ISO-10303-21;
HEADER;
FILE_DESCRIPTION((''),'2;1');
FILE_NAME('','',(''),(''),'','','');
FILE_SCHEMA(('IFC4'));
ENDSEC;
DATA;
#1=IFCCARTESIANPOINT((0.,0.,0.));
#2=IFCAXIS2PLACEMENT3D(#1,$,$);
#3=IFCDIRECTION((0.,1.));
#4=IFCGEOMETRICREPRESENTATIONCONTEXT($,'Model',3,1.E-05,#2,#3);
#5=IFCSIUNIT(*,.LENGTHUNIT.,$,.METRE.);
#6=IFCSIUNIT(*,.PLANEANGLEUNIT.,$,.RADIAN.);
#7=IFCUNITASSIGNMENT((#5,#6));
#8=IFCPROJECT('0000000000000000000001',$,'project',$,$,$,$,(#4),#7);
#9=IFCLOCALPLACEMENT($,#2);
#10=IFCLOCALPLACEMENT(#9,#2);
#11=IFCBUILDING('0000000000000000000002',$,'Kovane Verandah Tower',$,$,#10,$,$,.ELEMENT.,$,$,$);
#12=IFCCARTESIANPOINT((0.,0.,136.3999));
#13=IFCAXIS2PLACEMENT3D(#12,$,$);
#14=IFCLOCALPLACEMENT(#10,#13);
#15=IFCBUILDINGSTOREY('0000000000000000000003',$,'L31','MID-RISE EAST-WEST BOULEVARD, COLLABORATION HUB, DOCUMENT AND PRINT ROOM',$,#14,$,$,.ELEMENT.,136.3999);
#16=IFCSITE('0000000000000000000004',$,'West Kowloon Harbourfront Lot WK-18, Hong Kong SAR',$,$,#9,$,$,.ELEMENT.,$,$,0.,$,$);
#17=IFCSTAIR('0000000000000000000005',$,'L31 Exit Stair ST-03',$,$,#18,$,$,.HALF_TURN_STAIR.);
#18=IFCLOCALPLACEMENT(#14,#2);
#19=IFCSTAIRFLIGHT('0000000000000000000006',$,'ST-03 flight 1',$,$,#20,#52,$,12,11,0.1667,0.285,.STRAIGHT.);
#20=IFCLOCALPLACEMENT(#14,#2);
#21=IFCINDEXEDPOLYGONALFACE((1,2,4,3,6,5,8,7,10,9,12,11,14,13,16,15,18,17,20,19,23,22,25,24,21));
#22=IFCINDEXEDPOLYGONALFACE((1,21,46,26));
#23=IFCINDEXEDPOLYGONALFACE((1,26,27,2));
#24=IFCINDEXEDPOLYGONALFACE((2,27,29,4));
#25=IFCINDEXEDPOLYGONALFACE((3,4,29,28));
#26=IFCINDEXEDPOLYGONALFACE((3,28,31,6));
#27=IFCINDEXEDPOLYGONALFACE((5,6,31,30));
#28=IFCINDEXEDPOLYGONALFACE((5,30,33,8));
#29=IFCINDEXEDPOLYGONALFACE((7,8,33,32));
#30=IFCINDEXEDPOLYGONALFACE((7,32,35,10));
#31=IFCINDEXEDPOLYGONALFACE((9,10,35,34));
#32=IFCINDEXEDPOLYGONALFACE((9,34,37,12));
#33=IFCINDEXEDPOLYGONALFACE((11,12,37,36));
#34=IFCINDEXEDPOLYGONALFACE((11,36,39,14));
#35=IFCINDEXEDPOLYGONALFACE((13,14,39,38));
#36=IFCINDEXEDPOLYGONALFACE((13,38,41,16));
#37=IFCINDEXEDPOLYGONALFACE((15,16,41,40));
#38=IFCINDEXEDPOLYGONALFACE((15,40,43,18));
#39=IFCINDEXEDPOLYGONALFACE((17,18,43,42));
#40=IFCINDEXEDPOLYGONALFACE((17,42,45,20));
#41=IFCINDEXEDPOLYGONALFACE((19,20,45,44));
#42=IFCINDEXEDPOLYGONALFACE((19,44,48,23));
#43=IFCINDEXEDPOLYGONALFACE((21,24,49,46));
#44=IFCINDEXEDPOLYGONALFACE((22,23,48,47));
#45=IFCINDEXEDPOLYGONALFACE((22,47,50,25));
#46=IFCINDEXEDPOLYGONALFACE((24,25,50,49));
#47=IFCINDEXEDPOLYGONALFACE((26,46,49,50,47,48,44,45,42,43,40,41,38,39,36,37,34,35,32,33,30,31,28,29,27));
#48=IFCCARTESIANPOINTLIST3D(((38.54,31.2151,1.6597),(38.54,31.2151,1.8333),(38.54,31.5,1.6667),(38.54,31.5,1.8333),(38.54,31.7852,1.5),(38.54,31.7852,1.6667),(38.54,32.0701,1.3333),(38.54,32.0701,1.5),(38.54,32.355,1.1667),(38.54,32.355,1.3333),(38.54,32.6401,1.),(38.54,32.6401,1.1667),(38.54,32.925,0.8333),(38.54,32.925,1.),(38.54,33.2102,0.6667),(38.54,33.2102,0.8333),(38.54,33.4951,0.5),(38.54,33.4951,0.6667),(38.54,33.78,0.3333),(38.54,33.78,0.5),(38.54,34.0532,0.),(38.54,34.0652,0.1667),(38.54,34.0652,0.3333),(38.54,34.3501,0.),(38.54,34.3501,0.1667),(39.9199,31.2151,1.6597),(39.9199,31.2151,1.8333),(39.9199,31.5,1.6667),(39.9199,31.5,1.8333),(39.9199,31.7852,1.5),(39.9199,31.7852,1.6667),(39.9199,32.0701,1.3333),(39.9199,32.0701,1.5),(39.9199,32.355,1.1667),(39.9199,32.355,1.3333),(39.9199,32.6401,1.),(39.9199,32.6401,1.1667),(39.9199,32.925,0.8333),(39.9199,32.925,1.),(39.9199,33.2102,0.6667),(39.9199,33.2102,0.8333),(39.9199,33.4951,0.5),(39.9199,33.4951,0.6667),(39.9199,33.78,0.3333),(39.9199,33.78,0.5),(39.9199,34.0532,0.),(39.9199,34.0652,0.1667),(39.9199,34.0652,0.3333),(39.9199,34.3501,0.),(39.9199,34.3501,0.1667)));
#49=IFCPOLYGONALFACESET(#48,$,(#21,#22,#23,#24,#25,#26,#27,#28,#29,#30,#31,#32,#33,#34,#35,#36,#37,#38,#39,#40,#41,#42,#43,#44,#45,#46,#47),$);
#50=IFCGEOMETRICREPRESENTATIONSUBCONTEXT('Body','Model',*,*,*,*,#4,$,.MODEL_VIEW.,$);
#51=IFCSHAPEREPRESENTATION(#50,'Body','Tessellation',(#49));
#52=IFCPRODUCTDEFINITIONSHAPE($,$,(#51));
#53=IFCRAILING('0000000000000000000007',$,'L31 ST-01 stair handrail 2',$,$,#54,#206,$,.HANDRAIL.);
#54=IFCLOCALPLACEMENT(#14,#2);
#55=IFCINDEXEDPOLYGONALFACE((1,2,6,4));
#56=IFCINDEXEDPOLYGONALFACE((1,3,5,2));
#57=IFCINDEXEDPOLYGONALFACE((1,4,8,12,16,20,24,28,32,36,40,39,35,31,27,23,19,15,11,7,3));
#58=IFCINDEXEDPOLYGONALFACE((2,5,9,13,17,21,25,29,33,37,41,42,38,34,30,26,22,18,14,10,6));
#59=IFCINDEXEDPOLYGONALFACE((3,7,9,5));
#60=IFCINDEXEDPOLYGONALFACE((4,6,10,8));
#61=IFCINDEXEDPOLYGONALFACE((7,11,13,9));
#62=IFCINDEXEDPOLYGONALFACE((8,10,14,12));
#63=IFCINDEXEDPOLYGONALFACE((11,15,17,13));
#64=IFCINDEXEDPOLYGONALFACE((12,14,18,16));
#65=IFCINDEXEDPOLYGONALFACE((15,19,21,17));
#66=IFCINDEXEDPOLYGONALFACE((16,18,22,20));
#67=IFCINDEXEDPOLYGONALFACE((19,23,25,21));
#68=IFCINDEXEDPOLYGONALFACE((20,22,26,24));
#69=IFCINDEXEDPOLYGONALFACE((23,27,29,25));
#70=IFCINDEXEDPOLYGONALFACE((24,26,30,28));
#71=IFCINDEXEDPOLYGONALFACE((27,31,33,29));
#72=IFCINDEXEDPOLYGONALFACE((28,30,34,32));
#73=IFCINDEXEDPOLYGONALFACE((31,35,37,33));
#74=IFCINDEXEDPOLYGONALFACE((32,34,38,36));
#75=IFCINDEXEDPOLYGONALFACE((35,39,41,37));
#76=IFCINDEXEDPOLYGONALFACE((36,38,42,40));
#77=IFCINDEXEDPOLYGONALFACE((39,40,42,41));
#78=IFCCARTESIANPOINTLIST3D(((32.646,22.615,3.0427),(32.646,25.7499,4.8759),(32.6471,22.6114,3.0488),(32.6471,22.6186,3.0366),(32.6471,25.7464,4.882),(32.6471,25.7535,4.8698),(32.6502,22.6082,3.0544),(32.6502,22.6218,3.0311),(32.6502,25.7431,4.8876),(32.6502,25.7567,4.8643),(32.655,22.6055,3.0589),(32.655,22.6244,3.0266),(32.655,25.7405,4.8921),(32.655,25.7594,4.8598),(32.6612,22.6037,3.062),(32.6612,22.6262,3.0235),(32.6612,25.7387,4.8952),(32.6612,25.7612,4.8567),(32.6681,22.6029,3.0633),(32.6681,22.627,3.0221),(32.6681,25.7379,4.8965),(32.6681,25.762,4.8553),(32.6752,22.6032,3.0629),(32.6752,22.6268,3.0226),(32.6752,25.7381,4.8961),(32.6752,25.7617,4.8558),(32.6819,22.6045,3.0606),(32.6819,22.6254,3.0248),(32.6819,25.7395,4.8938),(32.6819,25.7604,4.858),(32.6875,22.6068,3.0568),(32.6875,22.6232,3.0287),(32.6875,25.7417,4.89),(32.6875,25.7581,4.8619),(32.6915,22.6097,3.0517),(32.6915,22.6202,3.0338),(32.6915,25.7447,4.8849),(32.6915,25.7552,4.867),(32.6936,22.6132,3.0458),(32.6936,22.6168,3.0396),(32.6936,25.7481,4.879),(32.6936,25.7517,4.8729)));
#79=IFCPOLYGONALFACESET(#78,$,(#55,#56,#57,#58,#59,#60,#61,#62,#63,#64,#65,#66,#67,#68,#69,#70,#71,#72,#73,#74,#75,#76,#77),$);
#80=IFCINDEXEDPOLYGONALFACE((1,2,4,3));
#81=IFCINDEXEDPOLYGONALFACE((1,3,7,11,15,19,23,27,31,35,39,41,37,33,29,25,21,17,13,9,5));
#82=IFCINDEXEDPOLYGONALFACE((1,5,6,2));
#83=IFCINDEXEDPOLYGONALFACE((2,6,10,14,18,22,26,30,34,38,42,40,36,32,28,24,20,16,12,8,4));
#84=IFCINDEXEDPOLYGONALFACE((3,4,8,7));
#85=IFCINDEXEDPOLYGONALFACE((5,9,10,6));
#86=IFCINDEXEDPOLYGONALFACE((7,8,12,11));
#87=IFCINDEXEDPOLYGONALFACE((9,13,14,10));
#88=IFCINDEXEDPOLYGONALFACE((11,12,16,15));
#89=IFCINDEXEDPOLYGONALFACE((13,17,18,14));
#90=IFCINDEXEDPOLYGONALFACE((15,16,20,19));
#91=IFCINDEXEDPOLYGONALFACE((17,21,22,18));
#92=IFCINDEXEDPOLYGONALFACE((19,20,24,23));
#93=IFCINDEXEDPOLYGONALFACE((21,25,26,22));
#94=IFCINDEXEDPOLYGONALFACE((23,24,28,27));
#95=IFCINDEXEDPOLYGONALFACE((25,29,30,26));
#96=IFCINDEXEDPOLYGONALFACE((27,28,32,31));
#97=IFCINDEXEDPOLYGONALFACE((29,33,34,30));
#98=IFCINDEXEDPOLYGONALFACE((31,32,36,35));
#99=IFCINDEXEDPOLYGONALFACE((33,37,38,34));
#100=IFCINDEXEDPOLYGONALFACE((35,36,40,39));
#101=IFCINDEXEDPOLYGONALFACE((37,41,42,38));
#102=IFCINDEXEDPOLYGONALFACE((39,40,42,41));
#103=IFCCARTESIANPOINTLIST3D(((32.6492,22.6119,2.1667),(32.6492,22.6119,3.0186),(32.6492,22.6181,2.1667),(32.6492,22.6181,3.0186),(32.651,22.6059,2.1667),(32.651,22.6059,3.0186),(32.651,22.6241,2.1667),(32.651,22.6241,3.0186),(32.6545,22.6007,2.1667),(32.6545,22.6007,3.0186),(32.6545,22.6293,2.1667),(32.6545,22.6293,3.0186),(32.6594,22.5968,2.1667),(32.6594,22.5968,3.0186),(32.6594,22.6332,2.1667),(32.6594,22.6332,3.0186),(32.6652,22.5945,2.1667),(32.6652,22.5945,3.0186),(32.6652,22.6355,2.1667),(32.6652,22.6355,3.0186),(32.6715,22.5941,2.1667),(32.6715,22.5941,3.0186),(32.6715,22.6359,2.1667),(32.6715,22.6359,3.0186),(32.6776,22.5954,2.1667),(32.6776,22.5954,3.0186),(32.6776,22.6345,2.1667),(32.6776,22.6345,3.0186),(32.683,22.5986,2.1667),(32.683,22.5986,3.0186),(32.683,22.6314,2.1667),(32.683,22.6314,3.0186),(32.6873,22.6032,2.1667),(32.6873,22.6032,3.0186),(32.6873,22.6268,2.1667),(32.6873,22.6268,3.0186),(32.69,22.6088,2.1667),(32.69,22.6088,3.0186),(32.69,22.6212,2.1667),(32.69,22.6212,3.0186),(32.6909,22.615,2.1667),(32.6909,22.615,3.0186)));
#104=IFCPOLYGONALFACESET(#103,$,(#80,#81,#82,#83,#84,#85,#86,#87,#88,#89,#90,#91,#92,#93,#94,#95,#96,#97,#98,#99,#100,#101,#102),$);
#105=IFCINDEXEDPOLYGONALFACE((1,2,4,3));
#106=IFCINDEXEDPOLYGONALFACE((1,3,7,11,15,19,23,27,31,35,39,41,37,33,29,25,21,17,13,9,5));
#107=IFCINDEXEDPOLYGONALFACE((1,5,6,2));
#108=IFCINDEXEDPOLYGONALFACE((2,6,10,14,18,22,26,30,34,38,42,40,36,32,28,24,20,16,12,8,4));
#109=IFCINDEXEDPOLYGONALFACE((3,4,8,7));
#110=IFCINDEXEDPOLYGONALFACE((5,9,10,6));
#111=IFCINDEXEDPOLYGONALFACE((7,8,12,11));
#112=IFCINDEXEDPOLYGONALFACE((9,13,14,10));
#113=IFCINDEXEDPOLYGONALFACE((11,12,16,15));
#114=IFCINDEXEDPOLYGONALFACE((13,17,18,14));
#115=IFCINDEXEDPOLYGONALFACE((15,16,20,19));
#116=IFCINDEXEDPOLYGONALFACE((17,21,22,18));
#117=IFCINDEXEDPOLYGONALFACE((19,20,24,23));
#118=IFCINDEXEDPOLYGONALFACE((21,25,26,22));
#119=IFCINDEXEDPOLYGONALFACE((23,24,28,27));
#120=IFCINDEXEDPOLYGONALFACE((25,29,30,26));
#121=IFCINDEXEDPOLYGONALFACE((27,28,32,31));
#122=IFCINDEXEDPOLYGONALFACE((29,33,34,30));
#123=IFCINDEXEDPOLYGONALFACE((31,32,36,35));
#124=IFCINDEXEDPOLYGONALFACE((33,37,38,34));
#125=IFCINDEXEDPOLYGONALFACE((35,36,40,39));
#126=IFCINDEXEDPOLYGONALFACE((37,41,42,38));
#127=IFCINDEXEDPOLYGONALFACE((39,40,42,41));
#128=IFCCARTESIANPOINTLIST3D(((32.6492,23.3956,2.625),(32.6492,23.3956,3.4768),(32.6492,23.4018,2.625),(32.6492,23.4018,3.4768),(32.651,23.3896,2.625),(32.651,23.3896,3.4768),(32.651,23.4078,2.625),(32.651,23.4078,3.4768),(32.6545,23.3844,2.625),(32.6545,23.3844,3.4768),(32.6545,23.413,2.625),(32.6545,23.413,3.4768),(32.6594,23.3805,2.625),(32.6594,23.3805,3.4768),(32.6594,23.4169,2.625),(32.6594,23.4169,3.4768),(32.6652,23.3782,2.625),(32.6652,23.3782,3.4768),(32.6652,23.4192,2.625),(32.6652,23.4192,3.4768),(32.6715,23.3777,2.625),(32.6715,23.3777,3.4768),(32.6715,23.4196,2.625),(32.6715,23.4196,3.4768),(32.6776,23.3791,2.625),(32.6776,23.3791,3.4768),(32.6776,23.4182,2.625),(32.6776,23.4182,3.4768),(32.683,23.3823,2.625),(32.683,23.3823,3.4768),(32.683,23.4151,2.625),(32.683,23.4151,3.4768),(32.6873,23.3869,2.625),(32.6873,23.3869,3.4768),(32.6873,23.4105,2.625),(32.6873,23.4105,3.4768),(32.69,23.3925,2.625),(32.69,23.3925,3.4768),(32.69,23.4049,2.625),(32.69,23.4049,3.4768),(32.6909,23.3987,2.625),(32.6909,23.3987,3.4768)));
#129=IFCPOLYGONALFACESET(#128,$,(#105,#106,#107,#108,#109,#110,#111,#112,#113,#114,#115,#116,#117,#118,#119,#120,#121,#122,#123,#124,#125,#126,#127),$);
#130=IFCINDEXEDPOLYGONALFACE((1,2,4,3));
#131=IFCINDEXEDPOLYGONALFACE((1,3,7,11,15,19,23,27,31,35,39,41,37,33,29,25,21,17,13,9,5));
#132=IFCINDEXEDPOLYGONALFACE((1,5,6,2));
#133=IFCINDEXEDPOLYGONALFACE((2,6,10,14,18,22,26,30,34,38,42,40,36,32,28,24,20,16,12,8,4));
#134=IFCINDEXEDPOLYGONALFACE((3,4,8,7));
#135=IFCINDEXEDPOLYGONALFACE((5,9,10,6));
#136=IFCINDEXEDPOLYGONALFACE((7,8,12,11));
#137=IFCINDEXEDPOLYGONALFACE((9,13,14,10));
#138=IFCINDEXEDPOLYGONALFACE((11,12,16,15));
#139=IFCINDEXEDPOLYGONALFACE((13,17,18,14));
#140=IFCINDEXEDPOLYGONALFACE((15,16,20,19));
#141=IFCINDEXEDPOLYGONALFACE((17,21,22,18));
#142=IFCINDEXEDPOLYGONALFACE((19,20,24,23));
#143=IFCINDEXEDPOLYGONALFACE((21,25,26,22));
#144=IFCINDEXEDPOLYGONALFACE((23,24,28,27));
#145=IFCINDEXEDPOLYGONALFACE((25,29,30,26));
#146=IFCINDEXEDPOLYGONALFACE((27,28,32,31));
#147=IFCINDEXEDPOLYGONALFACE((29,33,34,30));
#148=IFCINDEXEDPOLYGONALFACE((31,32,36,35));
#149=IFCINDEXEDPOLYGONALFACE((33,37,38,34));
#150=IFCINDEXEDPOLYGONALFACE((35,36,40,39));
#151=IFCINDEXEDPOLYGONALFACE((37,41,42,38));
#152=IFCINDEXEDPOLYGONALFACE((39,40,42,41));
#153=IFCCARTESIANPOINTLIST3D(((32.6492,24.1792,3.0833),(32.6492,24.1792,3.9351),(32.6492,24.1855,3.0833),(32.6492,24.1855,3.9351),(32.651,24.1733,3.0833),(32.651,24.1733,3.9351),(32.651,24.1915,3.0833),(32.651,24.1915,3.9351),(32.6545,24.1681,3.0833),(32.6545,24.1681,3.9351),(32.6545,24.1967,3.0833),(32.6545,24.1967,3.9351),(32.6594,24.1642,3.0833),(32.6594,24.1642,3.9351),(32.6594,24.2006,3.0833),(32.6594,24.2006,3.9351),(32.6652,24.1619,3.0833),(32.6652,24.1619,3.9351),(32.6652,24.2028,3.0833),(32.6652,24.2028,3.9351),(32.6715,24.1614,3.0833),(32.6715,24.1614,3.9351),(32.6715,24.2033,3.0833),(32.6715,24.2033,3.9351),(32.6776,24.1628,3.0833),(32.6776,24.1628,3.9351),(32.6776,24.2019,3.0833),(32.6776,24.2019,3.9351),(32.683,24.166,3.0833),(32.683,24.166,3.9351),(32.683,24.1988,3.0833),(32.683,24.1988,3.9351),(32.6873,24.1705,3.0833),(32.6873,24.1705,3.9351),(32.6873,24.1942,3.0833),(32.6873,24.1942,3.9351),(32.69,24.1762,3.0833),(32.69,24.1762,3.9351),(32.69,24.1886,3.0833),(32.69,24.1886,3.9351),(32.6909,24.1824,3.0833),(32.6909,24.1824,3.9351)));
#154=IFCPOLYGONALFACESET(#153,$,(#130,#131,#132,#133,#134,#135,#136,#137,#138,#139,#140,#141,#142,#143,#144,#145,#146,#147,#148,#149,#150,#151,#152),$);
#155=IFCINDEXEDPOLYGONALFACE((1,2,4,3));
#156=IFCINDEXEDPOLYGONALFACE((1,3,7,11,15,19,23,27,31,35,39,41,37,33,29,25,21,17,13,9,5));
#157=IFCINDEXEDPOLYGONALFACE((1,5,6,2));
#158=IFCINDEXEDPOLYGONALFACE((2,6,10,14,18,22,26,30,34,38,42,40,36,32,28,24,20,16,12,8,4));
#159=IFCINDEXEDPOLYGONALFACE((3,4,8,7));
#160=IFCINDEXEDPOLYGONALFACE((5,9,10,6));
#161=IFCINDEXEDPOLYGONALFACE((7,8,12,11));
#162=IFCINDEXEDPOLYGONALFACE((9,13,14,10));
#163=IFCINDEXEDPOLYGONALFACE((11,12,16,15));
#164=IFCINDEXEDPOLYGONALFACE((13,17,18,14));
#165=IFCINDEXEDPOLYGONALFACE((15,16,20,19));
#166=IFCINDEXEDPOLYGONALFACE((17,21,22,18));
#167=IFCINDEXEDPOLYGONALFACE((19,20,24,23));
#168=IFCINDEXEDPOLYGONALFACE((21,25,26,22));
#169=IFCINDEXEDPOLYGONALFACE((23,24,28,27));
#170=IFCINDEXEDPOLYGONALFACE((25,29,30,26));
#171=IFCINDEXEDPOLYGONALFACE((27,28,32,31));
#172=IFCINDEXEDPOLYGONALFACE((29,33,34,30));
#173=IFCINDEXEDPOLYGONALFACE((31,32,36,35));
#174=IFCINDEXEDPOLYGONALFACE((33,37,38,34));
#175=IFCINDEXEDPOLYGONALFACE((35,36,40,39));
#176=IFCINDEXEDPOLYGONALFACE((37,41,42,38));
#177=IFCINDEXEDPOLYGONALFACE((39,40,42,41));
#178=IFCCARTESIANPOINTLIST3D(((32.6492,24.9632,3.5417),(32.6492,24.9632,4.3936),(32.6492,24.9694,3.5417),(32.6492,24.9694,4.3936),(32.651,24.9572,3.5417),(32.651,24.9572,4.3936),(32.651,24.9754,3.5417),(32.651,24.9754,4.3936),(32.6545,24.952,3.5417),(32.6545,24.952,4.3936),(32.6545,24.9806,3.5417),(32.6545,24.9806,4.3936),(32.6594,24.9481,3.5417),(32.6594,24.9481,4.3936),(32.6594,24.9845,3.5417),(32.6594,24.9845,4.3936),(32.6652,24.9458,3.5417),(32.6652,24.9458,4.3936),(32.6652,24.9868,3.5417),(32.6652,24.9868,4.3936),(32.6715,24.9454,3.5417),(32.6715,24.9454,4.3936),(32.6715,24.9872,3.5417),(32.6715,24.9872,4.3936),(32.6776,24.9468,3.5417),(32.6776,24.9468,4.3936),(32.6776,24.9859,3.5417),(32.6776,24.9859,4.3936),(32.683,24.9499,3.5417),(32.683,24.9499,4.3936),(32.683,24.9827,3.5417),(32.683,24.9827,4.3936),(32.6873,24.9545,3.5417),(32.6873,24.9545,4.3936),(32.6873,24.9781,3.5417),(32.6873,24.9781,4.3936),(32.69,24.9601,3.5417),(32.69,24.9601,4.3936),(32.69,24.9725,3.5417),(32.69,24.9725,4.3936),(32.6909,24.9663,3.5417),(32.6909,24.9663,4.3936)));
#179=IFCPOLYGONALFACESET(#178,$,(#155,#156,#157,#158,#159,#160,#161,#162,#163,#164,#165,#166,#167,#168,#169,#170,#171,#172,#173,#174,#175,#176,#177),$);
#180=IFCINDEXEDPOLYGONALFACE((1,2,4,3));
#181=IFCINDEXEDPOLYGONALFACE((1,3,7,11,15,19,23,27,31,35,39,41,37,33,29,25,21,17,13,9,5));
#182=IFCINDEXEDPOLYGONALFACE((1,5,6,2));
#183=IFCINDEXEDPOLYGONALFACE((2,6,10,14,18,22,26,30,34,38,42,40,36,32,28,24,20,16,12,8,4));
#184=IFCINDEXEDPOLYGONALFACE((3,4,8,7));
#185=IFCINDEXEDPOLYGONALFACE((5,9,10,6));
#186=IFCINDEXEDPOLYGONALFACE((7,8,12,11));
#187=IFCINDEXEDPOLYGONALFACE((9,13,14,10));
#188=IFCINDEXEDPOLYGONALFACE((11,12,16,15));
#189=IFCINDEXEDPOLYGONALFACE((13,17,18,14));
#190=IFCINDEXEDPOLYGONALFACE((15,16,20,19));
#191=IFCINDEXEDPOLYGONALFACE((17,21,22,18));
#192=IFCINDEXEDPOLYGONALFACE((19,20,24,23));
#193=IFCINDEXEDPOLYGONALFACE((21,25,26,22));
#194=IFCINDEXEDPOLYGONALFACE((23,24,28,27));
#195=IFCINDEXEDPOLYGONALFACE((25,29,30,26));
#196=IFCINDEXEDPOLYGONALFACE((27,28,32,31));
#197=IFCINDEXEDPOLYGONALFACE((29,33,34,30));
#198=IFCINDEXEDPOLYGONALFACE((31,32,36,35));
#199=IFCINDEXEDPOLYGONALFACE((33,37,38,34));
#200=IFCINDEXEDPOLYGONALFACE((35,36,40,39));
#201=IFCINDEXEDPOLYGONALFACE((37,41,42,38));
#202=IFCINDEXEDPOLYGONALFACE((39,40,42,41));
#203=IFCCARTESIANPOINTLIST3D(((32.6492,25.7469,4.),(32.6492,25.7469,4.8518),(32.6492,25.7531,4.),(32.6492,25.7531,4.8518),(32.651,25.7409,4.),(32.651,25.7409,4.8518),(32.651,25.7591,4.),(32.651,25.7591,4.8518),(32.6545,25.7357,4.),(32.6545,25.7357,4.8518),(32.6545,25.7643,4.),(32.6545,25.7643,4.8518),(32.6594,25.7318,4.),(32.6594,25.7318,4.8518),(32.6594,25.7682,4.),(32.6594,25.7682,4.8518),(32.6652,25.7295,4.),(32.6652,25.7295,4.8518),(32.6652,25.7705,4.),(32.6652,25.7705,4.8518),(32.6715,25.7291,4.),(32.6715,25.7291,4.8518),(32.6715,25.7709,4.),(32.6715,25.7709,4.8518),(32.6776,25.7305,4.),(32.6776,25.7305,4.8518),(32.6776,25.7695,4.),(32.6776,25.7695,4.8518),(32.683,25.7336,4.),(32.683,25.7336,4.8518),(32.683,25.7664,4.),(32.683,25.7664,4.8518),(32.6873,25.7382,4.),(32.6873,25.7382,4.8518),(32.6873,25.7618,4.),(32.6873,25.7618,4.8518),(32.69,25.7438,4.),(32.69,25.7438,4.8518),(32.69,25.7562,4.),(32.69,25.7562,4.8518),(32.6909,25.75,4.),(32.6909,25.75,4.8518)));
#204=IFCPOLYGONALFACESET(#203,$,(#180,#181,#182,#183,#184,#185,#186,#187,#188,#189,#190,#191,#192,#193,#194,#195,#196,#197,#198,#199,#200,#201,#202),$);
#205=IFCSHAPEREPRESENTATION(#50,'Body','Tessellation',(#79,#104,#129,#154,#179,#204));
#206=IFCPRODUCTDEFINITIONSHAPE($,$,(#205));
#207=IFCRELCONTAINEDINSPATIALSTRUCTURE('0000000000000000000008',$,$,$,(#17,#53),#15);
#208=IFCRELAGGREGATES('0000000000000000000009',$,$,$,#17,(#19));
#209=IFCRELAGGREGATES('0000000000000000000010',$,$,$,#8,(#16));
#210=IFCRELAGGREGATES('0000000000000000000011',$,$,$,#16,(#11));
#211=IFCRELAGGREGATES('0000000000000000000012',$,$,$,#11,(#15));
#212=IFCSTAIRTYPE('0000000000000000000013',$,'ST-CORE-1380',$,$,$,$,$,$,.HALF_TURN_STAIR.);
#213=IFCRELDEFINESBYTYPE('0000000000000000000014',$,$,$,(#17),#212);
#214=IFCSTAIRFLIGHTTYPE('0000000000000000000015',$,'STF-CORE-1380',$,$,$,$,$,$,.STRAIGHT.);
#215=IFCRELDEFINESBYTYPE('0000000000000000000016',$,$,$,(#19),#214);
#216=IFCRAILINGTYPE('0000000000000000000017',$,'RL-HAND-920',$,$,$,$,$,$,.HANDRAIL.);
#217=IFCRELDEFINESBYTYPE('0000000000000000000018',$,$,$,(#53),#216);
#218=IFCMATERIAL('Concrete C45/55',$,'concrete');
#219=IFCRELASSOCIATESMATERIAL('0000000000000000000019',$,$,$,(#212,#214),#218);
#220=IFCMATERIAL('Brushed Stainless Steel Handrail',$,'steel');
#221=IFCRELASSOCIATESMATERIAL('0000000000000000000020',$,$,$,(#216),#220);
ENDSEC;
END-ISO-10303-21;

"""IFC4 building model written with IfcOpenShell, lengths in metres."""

from ifc_helpers import new_model, si_unit, direction, frame, origin, origin_2d, place, context, subcontext, project, spatial, polyline, circle, outline, extrude, material, type_object, element, aggregate, save


model = new_model("IFC4")

# Units and contexts
model_context = context("Model", 3, precision=1e-05, world=origin(), true_north=direction((0.0, 1.0)))
body_context = subcontext(model_context, "Body", "Model", "MODEL_VIEW")
ifc_project = project(units=[si_unit("LENGTHUNIT", "METRE"), si_unit("PLANEANGLEUNIT", "RADIAN")], contexts=[model_context])

# Site, building, storey
site_placement = place(None, origin())
site = spatial("IfcSite", under=ifc_project, at=site_placement, Name="West Kowloon Harbourfront Lot WK-18, Hong Kong SAR", CompositionType="ELEMENT", RefElevation=0.0)
building_placement = place(site_placement, origin())
building = spatial("IfcBuilding", under=site, at=building_placement, Name="Kovane Verandah Tower", CompositionType="ELEMENT")
storey_placement = place(building_placement, frame((0.0, 0.0, 136.3999)))
storey = spatial("IfcBuildingStorey", under=building, at=storey_placement, Name="L31", Description="MID-RISE EAST-WEST BOULEVARD, COLLABORATION HUB, DOCUMENT AND PRINT ROOM", CompositionType="ELEMENT", Elevation=136.3999)

# Shared definitions
ifc_material_1 = material(Name="Concrete C45/55", Category="concrete")

# Stair, stair flight
stair_type = type_object("IfcStairType", Name="ST-CORE-1380", PredefinedType="HALF_TURN_STAIR", material=ifc_material_1)
stair_placement = place(storey_placement, origin())
stair = element("IfcStair", 1, at=stair_placement, inside=storey, type_object=stair_type, Name="L31 Exit Stair ST-03", PredefinedType="HALF_TURN_STAIR")
stair_flight_type = type_object("IfcStairFlightType", Name="STF-CORE-1380", PredefinedType="STRAIGHT", material=ifc_material_1)
stair_flight_placement = place(storey_placement, frame((39.23, 34.3501, 0.0), z_axis=(0.0, 0.0, 1.0), x_axis=(0.0, -1.0, 0.0)))
stair_flight = element("IfcStairFlight", 2, at=stair_flight_placement, type_object=stair_flight_type, Name="ST-03 flight 1", NumberOfRisers=12, NumberOfTreads=11, PredefinedType="STRAIGHT", RiserHeight=0.1667, TreadLength=0.285, context=body_context, shape_type="SweptSolid", body=[
    extrude(outline(polyline([(0.0, 0.0), (0.0, 0.1667), (0.2849, 0.1667), (0.2849, 0.3333), (0.5701, 0.3333), (0.5701, 0.5), (0.855, 0.5), (0.855, 0.6667), (1.1399, 0.6667), (1.1399, 0.8333), (1.425, 0.8333), (1.425, 1.0), (1.71, 1.0), (1.71, 1.1667), (1.9951, 1.1667), (1.9951, 1.3333), (2.28, 1.3333), (2.28, 1.5), (2.5649, 1.5), (2.5649, 1.6667), (2.8501, 1.6667), (2.8501, 1.8333), (3.135, 1.8333), (3.135, 2.0), (3.135, 1.6597), (0.2969, 0.0), (0.0, 0.0)])), frame((0.0, 0.6899, 0.0), z_axis=(0.0, -1.0, 0.0), x_axis=(1.0, 0.0, 0.0)), (0.0, 0.0, 1.0), 1.3799),
])
aggregate(stair, [stair_flight])

# Railing
ifc_material_2 = material(Name="Brushed Stainless Steel Handrail", Category="steel")
railing_type_1 = type_object("IfcRailingType", Name="RL-HAND-920", PredefinedType="HANDRAIL", material=ifc_material_2)
railing_1_placement = place(storey_placement, frame((32.6699, 22.615, 2.1667)))
element("IfcRailing", 3, at=railing_1_placement, inside=storey, type_object=railing_type_1, Name="L31 ST-01 stair handrail 2", PredefinedType="HANDRAIL", context=body_context, shape_type="SweptSolid", body=[
    extrude(circle(Radius=0.0239, at=origin_2d()), frame((0.0, 0.0, 0.876), z_axis=(0.0, 0.86324, 0.504794), x_axis=(-1.0, 0.0, 0.0)), (0.0, 0.0, 1.0), 3.6316),
    extrude(circle(Radius=0.021, at=origin_2d()), origin(), (0.0, 0.0, 1.0), 0.8518),
    extrude(circle(Radius=0.021, at=origin_2d()), frame((0.0, 0.7837, 0.4583)), (0.0, 0.0, 1.0), 0.8518),
    extrude(circle(Radius=0.021, at=origin_2d()), frame((0.0, 1.5674, 0.9165)), (0.0, 0.0, 1.0), 0.8518),
    extrude(circle(Radius=0.021, at=origin_2d()), frame((0.0, 2.3513, 1.375)), (0.0, 0.0, 1.0), 0.8518),
    extrude(circle(Radius=0.021, at=origin_2d()), frame((0.0, 3.135, 1.8333)), (0.0, 0.0, 1.0), 0.8518),
])

save(model, "model.ifc")
